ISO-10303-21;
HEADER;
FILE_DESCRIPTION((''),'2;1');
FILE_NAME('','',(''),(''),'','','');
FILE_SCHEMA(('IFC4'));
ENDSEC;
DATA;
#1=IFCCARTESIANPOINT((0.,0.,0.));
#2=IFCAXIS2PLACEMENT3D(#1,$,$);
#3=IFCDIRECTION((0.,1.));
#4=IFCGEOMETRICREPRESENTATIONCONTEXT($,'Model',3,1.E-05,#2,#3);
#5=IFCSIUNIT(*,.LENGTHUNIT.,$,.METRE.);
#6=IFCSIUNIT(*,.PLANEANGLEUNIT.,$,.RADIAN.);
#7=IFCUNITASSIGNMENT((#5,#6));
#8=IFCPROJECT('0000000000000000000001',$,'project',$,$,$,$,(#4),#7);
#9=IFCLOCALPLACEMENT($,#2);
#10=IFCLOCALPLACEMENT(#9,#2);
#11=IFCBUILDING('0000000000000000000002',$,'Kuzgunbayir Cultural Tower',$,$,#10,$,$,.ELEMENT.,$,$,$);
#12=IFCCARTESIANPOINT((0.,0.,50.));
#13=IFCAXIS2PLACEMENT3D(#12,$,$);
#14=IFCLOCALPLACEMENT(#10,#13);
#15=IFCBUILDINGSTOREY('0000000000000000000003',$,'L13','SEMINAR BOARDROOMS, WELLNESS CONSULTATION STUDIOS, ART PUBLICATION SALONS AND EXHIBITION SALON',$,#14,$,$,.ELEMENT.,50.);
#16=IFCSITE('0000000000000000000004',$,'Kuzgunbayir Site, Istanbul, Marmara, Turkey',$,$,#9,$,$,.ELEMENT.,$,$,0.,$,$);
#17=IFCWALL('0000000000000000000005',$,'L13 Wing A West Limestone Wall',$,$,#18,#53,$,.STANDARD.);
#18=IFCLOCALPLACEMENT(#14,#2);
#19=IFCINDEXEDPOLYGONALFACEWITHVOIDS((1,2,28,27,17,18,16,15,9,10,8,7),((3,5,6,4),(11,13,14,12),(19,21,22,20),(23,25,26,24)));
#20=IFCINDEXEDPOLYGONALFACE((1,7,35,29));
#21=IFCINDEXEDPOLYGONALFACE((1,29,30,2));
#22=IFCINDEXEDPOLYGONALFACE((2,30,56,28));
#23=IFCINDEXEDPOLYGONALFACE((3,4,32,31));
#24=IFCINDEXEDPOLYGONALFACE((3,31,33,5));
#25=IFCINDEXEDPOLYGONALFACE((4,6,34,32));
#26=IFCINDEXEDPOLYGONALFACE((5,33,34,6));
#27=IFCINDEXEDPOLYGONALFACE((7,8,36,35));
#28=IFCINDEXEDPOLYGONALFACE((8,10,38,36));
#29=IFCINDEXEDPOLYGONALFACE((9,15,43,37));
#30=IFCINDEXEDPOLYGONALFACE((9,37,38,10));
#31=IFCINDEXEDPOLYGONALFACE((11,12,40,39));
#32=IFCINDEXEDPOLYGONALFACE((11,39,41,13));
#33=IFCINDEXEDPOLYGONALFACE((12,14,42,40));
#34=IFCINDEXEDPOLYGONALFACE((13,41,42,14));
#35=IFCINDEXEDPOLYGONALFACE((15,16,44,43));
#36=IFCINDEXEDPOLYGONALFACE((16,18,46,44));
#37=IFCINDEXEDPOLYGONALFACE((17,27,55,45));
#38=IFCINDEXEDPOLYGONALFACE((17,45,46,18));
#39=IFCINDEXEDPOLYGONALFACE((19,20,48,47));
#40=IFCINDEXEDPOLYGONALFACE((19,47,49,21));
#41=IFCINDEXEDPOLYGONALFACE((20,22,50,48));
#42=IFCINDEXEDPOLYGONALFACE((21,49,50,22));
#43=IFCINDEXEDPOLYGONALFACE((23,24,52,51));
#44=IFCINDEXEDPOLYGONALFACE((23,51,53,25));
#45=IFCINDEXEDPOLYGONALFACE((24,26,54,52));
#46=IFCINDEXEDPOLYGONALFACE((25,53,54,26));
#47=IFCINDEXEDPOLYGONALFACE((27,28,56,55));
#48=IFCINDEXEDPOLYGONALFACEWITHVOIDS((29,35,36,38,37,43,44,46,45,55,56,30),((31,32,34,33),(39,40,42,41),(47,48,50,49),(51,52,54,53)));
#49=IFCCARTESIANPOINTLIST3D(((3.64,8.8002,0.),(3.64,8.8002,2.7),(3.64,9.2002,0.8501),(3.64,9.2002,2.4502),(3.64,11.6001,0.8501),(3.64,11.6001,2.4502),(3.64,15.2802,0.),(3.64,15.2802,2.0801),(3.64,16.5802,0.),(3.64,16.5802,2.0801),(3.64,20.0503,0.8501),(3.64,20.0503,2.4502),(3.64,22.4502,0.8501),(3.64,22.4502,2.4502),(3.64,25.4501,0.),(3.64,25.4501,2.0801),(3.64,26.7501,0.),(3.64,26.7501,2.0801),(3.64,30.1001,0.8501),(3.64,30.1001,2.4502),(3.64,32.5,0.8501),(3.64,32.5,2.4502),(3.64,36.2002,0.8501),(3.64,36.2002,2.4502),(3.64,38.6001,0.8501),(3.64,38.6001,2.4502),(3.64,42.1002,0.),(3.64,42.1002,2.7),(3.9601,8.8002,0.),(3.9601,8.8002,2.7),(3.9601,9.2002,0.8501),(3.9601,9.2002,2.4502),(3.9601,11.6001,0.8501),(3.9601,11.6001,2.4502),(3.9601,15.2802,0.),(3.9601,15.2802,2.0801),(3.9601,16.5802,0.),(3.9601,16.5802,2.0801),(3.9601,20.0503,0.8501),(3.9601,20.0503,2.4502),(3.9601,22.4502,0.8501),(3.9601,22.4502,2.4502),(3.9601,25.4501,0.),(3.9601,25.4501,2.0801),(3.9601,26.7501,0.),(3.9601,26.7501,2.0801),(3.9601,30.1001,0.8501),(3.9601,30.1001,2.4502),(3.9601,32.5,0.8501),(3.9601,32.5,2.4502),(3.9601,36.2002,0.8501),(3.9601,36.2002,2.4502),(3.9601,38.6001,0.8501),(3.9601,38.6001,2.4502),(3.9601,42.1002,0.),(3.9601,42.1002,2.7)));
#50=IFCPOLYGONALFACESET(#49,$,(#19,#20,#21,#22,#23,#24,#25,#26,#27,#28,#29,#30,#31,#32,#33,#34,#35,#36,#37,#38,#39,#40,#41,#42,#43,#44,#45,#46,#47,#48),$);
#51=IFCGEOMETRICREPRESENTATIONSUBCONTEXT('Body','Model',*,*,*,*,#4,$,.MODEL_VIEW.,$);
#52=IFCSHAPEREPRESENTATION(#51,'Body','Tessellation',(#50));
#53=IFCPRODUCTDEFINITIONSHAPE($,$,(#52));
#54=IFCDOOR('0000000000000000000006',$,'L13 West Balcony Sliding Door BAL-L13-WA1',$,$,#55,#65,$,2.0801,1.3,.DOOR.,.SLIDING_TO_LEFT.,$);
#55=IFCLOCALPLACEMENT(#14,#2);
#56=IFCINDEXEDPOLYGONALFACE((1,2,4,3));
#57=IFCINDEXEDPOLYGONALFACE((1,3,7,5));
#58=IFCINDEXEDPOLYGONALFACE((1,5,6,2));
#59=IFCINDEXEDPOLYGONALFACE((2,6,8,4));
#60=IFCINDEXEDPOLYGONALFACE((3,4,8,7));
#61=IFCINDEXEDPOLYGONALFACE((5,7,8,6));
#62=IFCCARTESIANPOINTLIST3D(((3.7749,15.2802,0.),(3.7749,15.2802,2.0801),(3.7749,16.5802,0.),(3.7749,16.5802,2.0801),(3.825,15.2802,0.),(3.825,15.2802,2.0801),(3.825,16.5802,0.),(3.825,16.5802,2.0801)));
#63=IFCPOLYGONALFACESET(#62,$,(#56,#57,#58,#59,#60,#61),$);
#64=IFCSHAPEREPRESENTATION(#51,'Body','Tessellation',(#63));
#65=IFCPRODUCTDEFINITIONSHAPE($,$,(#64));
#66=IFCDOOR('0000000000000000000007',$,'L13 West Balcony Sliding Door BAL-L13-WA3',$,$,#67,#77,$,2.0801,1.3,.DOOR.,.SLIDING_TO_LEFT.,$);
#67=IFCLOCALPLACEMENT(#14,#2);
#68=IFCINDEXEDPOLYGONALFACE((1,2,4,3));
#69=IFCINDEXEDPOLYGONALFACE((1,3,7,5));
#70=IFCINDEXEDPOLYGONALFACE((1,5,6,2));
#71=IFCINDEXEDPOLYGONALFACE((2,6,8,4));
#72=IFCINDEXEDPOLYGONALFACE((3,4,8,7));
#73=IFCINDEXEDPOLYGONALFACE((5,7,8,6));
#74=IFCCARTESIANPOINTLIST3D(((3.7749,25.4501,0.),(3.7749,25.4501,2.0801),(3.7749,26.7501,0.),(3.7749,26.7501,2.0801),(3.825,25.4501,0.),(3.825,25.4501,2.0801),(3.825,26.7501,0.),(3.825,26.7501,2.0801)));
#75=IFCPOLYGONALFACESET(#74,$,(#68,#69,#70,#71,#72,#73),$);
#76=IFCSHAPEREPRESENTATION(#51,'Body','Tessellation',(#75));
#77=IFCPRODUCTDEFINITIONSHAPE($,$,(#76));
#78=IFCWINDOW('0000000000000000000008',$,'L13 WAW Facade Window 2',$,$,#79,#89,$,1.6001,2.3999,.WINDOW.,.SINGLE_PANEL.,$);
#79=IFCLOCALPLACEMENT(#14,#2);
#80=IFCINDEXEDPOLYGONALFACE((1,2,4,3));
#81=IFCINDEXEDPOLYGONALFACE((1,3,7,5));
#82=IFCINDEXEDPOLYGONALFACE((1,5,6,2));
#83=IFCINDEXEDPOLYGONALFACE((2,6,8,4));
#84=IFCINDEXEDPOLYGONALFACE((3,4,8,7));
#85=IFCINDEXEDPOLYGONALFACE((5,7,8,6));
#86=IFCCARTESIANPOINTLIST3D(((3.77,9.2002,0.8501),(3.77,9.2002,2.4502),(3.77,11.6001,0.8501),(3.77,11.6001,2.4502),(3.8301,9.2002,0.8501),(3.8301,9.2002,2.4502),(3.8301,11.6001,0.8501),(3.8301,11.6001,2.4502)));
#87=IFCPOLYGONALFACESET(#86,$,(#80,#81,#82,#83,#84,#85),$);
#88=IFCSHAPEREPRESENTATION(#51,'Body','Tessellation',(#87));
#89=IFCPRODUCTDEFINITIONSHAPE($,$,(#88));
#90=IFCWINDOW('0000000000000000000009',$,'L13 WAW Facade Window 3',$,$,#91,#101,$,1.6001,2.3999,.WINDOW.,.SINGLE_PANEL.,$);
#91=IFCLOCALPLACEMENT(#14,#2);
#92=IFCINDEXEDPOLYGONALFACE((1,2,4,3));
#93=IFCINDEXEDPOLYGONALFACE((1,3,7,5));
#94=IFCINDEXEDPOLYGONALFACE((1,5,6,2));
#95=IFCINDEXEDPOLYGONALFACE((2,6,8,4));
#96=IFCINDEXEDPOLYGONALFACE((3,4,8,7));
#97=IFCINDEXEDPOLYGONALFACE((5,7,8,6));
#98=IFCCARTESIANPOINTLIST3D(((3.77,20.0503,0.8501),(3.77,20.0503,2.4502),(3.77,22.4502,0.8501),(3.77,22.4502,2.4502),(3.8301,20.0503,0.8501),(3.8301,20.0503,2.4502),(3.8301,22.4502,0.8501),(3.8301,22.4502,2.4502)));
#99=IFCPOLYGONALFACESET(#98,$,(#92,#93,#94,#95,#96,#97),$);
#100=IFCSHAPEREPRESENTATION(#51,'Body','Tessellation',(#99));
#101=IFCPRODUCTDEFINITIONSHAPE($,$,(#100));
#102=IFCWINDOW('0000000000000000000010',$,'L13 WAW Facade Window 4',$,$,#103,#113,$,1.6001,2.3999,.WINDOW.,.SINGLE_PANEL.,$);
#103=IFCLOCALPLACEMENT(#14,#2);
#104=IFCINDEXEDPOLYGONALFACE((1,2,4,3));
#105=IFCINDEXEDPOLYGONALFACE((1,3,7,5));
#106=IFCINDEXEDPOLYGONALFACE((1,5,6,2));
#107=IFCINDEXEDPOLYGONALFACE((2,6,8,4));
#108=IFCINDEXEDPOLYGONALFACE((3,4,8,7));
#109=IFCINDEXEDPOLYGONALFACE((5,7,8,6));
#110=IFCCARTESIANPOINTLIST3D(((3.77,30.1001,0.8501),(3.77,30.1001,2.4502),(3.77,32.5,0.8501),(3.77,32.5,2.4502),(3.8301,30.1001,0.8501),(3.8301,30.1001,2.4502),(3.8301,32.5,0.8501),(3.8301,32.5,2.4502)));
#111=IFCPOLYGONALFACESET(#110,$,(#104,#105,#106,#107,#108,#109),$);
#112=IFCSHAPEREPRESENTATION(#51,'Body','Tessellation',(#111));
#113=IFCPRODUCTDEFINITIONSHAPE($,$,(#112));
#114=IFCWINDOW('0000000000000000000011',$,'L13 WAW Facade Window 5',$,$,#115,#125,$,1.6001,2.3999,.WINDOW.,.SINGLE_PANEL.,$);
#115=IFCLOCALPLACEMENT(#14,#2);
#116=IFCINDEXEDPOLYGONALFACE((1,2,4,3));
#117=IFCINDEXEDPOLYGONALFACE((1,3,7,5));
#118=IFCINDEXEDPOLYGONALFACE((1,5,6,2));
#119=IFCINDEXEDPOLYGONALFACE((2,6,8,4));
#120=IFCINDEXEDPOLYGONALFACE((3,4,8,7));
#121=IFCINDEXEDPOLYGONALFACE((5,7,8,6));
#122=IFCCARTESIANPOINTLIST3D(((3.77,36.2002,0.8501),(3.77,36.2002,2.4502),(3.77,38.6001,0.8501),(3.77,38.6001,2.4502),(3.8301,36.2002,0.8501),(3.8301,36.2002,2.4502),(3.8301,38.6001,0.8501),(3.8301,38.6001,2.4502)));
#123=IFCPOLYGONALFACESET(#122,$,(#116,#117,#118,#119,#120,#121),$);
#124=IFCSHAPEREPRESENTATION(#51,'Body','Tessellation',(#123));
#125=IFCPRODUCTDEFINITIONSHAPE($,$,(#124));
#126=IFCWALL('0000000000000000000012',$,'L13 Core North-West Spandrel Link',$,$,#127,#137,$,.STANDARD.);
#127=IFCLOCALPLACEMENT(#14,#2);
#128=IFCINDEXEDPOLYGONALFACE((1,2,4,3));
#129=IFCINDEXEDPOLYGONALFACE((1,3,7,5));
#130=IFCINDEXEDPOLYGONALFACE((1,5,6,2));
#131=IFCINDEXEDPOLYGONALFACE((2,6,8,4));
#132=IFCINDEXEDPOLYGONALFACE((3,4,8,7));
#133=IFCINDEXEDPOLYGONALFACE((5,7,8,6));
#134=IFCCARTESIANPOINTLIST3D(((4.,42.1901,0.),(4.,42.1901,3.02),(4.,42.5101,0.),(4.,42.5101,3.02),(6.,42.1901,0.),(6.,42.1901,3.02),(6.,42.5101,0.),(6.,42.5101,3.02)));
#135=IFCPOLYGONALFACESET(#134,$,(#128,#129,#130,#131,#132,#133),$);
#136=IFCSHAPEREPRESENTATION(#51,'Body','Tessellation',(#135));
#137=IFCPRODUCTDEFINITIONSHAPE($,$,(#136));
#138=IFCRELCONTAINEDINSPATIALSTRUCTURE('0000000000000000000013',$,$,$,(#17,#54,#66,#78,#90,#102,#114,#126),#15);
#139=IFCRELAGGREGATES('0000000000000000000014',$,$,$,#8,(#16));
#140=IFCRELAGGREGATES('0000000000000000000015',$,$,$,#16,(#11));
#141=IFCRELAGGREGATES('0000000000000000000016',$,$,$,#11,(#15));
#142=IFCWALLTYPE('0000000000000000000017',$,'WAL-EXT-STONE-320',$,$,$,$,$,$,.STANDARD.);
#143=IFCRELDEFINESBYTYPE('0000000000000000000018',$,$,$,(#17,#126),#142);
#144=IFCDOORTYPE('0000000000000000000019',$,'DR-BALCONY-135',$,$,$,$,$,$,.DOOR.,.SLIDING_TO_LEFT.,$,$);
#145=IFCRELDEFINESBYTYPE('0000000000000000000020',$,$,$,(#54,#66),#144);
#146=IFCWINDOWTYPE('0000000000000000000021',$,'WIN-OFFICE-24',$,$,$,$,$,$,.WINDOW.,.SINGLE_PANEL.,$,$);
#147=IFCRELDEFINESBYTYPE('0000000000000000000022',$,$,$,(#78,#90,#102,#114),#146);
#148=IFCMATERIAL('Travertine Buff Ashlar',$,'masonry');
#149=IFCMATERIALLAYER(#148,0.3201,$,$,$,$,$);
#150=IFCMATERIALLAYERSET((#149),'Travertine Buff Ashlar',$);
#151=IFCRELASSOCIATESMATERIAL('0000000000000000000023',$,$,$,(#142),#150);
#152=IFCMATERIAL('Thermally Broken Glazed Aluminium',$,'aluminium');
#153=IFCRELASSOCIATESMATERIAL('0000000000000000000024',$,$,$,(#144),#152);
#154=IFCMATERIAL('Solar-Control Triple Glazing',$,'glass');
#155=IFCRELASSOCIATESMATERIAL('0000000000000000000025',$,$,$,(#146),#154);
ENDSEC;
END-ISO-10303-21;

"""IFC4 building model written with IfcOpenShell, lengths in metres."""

from ifc_helpers import new_model, si_unit, direction, frame, frame_2d, origin, place, context, subcontext, project, spatial, rectangle, extrude, material, layer, layer_set, type_object, element, fill, save


model = new_model("IFC4")

# Units and contexts
model_context = context("Model", 3, precision=1e-05, world=origin(), true_north=direction((0.0, 1.0)))
body_context = subcontext(model_context, "Body", "Model", "MODEL_VIEW")
ifc_project = project(units=[si_unit("LENGTHUNIT", "METRE"), si_unit("PLANEANGLEUNIT", "RADIAN")], contexts=[model_context])

# Site, building, storey
site_placement = place(None, origin())
site = spatial("IfcSite", under=ifc_project, at=site_placement, Name="Kuzgunbayir Site, Istanbul, Marmara, Turkey", CompositionType="ELEMENT", RefElevation=0.0)
building_placement = place(site_placement, origin())
building = spatial("IfcBuilding", under=site, at=building_placement, Name="Kuzgunbayir Cultural Tower", CompositionType="ELEMENT")
storey_placement = place(building_placement, frame((0.0, 0.0, 50.0)))
storey = spatial("IfcBuildingStorey", under=building, at=storey_placement, Name="L13", Description="SEMINAR BOARDROOMS, WELLNESS CONSULTATION STUDIOS, ART PUBLICATION SALONS AND EXHIBITION SALON", CompositionType="ELEMENT", Elevation=50.0)

# Wall, openings, doors, windows
ifc_material_1 = material(Name="Travertine Buff Ashlar", Category="masonry")
ifc_layer_1 = layer(ifc_material_1, 0.3201)
ifc_layer_set_1 = layer_set([ifc_layer_1], Name="Travertine Buff Ashlar")
wall_type_1 = type_object("IfcWallType", Name="WAL-EXT-STONE-320", PredefinedType="STANDARD", material=ifc_layer_set_1)
wall_1_placement = place(storey_placement, frame((3.8, 42.1001, 0.0), z_axis=(0.0, 0.0, 1.0), x_axis=(0.0, -1.0, 0.0)))
wall_1 = element("IfcWall", 1, at=wall_1_placement, inside=storey, type_object=wall_type_1, Name="L13 Wing A West Limestone Wall", PredefinedType="STANDARD", context=body_context, shape_type="SweptSolid", body=[
    extrude(rectangle(XDim=33.3, YDim=0.3201, at=frame_2d((16.6499, 0.0))), origin(), (0.0, 0.0, 1.0), 2.7),
])
opening_1_placement = place(wall_1_placement, frame((25.52, 0.0, 0.0)))
opening_1 = element("IfcOpeningElement", 2, at=opening_1_placement, cuts=wall_1, PredefinedType="OPENING", context=body_context, shape_type="SweptSolid", body=[
    extrude(rectangle(XDim=1.3, YDim=2.0801, at=frame_2d((0.6499, 1.04))), frame((0.0, 0.1699, 0.0), z_axis=(0.0, -1.0, 0.0), x_axis=(1.0, 0.0, 0.0)), (0.0, 0.0, 1.0), 0.3401),
])
opening_2_placement = place(wall_1_placement, frame((15.3501, 0.0, 0.0)))
opening_2 = element("IfcOpeningElement", 3, at=opening_2_placement, cuts=wall_1, PredefinedType="OPENING", context=body_context, shape_type="SweptSolid", body=[
    extrude(rectangle(XDim=1.3, YDim=2.0801, at=frame_2d((0.6499, 1.04))), frame((0.0, 0.1699, 0.0), z_axis=(0.0, -1.0, 0.0), x_axis=(1.0, 0.0, 0.0)), (0.0, 0.0, 1.0), 0.3401),
])
opening_3_placement = place(wall_1_placement, frame((30.5, 0.0, 0.8501)))
opening_3 = element("IfcOpeningElement", 4, at=opening_3_placement, cuts=wall_1, PredefinedType="OPENING", context=body_context, shape_type="SweptSolid", body=[
    extrude(rectangle(XDim=2.3999, YDim=1.6001, at=frame_2d((1.2, 0.8))), frame((0.0, 0.1699, 0.0), z_axis=(0.0, -1.0, 0.0), x_axis=(1.0, 0.0, 0.0)), (0.0, 0.0, 1.0), 0.3401),
])
opening_4_placement = place(wall_1_placement, frame((19.6499, 0.0, 0.8501)))
opening_4 = element("IfcOpeningElement", 5, at=opening_4_placement, cuts=wall_1, PredefinedType="OPENING", context=body_context, shape_type="SweptSolid", body=[
    extrude(rectangle(XDim=2.3999, YDim=1.6001, at=frame_2d((1.2, 0.8))), frame((0.0, 0.1699, 0.0), z_axis=(0.0, -1.0, 0.0), x_axis=(1.0, 0.0, 0.0)), (0.0, 0.0, 1.0), 0.3401),
])
opening_5_placement = place(wall_1_placement, frame((9.6001, 0.0, 0.8501)))
opening_5 = element("IfcOpeningElement", 6, at=opening_5_placement, cuts=wall_1, PredefinedType="OPENING", context=body_context, shape_type="SweptSolid", body=[
    extrude(rectangle(XDim=2.3999, YDim=1.6001, at=frame_2d((1.2, 0.8))), frame((0.0, 0.1699, 0.0), z_axis=(0.0, -1.0, 0.0), x_axis=(1.0, 0.0, 0.0)), (0.0, 0.0, 1.0), 0.3401),
])
opening_6_placement = place(wall_1_placement, frame((3.5, 0.0, 0.8501)))
opening_6 = element("IfcOpeningElement", 7, at=opening_6_placement, cuts=wall_1, PredefinedType="OPENING", context=body_context, shape_type="SweptSolid", body=[
    extrude(rectangle(XDim=2.3999, YDim=1.6001, at=frame_2d((1.2, 0.8))), frame((0.0, 0.1699, 0.0), z_axis=(0.0, -1.0, 0.0), x_axis=(1.0, 0.0, 0.0)), (0.0, 0.0, 1.0), 0.3401),
])
ifc_material_2 = material(Name="Thermally Broken Glazed Aluminium", Category="aluminium")
door_type = type_object("IfcDoorType", Name="DR-BALCONY-135", OperationType="SLIDING_TO_LEFT", PredefinedType="DOOR", material=ifc_material_2)
door_1_placement = place(opening_1_placement, origin())
door_1 = element("IfcDoor", 8, at=door_1_placement, inside=storey, type_object=door_type, Name="L13 West Balcony Sliding Door BAL-L13-WA1", OperationType="SLIDING_TO_LEFT", OverallHeight=2.0801, OverallWidth=1.3, PredefinedType="DOOR", context=body_context, shape_type="SweptSolid", body=[
    extrude(rectangle(XDim=1.3, YDim=2.0801, at=frame_2d((0.6499, 1.04))), frame((0.0, 0.0249, 0.0), z_axis=(0.0, -1.0, 0.0), x_axis=(1.0, 0.0, 0.0)), (0.0, 0.0, 1.0), 0.05),
])
fill(opening_1, door_1)
door_2_placement = place(opening_2_placement, origin())
door_2 = element("IfcDoor", 9, at=door_2_placement, inside=storey, type_object=door_type, Name="L13 West Balcony Sliding Door BAL-L13-WA3", OperationType="SLIDING_TO_LEFT", OverallHeight=2.0801, OverallWidth=1.3, PredefinedType="DOOR", context=body_context, shape_type="SweptSolid", body=[
    extrude(rectangle(XDim=1.3, YDim=2.0801, at=frame_2d((0.6499, 1.04))), frame((0.0, 0.0249, 0.0), z_axis=(0.0, -1.0, 0.0), x_axis=(1.0, 0.0, 0.0)), (0.0, 0.0, 1.0), 0.05),
])
fill(opening_2, door_2)
ifc_material_3 = material(Name="Solar-Control Triple Glazing", Category="glass")
window_type = type_object("IfcWindowType", Name="WIN-OFFICE-24", PartitioningType="SINGLE_PANEL", PredefinedType="WINDOW", material=ifc_material_3)
window_1_placement = place(opening_3_placement, origin())
window_1 = element("IfcWindow", 10, at=window_1_placement, inside=storey, type_object=window_type, Name="L13 WAW Facade Window 2", OverallHeight=1.6001, OverallWidth=2.3999, PartitioningType="SINGLE_PANEL", PredefinedType="WINDOW", context=body_context, shape_type="SweptSolid", body=[
    extrude(rectangle(XDim=2.3999, YDim=1.6001, at=frame_2d((1.2, 0.8))), frame((0.0, 0.03, 0.0), z_axis=(0.0, -1.0, 0.0), x_axis=(1.0, 0.0, 0.0)), (0.0, 0.0, 1.0), 0.0601),
])
fill(opening_3, window_1)
window_2_placement = place(opening_4_placement, origin())
window_2 = element("IfcWindow", 11, at=window_2_placement, inside=storey, type_object=window_type, Name="L13 WAW Facade Window 3", OverallHeight=1.6001, OverallWidth=2.3999, PartitioningType="SINGLE_PANEL", PredefinedType="WINDOW", context=body_context, shape_type="SweptSolid", body=[
    extrude(rectangle(XDim=2.3999, YDim=1.6001, at=frame_2d((1.2, 0.8))), frame((0.0, 0.03, 0.0), z_axis=(0.0, -1.0, 0.0), x_axis=(1.0, 0.0, 0.0)), (0.0, 0.0, 1.0), 0.0601),
])
fill(opening_4, window_2)
window_3_placement = place(opening_5_placement, origin())
window_3 = element("IfcWindow", 12, at=window_3_placement, inside=storey, type_object=window_type, Name="L13 WAW Facade Window 4", OverallHeight=1.6001, OverallWidth=2.3999, PartitioningType="SINGLE_PANEL", PredefinedType="WINDOW", context=body_context, shape_type="SweptSolid", body=[
    extrude(rectangle(XDim=2.3999, YDim=1.6001, at=frame_2d((1.2, 0.8))), frame((0.0, 0.03, 0.0), z_axis=(0.0, -1.0, 0.0), x_axis=(1.0, 0.0, 0.0)), (0.0, 0.0, 1.0), 0.0601),
])
fill(opening_5, window_3)
window_4_placement = place(opening_6_placement, origin())
window_4 = element("IfcWindow", 13, at=window_4_placement, inside=storey, type_object=window_type, Name="L13 WAW Facade Window 5", OverallHeight=1.6001, OverallWidth=2.3999, PartitioningType="SINGLE_PANEL", PredefinedType="WINDOW", context=body_context, shape_type="SweptSolid", body=[
    extrude(rectangle(XDim=2.3999, YDim=1.6001, at=frame_2d((1.2, 0.8))), frame((0.0, 0.03, 0.0), z_axis=(0.0, -1.0, 0.0), x_axis=(1.0, 0.0, 0.0)), (0.0, 0.0, 1.0), 0.0601),
])
fill(opening_6, window_4)

# Wall
wall_2_placement = place(storey_placement, frame((6.0, 42.3501, 0.0), z_axis=(0.0, 0.0, 1.0), x_axis=(-1.0, 0.0, 0.0)))
element("IfcWall", 14, at=wall_2_placement, inside=storey, type_object=wall_type_1, Name="L13 Core North-West Spandrel Link", PredefinedType="STANDARD", context=body_context, shape_type="SweptSolid", body=[
    extrude(rectangle(XDim=2.0, YDim=0.3201, at=frame_2d((1.0, 0.0))), origin(), (0.0, 0.0, 1.0), 3.02),
])

save(model, "model.ifc")
